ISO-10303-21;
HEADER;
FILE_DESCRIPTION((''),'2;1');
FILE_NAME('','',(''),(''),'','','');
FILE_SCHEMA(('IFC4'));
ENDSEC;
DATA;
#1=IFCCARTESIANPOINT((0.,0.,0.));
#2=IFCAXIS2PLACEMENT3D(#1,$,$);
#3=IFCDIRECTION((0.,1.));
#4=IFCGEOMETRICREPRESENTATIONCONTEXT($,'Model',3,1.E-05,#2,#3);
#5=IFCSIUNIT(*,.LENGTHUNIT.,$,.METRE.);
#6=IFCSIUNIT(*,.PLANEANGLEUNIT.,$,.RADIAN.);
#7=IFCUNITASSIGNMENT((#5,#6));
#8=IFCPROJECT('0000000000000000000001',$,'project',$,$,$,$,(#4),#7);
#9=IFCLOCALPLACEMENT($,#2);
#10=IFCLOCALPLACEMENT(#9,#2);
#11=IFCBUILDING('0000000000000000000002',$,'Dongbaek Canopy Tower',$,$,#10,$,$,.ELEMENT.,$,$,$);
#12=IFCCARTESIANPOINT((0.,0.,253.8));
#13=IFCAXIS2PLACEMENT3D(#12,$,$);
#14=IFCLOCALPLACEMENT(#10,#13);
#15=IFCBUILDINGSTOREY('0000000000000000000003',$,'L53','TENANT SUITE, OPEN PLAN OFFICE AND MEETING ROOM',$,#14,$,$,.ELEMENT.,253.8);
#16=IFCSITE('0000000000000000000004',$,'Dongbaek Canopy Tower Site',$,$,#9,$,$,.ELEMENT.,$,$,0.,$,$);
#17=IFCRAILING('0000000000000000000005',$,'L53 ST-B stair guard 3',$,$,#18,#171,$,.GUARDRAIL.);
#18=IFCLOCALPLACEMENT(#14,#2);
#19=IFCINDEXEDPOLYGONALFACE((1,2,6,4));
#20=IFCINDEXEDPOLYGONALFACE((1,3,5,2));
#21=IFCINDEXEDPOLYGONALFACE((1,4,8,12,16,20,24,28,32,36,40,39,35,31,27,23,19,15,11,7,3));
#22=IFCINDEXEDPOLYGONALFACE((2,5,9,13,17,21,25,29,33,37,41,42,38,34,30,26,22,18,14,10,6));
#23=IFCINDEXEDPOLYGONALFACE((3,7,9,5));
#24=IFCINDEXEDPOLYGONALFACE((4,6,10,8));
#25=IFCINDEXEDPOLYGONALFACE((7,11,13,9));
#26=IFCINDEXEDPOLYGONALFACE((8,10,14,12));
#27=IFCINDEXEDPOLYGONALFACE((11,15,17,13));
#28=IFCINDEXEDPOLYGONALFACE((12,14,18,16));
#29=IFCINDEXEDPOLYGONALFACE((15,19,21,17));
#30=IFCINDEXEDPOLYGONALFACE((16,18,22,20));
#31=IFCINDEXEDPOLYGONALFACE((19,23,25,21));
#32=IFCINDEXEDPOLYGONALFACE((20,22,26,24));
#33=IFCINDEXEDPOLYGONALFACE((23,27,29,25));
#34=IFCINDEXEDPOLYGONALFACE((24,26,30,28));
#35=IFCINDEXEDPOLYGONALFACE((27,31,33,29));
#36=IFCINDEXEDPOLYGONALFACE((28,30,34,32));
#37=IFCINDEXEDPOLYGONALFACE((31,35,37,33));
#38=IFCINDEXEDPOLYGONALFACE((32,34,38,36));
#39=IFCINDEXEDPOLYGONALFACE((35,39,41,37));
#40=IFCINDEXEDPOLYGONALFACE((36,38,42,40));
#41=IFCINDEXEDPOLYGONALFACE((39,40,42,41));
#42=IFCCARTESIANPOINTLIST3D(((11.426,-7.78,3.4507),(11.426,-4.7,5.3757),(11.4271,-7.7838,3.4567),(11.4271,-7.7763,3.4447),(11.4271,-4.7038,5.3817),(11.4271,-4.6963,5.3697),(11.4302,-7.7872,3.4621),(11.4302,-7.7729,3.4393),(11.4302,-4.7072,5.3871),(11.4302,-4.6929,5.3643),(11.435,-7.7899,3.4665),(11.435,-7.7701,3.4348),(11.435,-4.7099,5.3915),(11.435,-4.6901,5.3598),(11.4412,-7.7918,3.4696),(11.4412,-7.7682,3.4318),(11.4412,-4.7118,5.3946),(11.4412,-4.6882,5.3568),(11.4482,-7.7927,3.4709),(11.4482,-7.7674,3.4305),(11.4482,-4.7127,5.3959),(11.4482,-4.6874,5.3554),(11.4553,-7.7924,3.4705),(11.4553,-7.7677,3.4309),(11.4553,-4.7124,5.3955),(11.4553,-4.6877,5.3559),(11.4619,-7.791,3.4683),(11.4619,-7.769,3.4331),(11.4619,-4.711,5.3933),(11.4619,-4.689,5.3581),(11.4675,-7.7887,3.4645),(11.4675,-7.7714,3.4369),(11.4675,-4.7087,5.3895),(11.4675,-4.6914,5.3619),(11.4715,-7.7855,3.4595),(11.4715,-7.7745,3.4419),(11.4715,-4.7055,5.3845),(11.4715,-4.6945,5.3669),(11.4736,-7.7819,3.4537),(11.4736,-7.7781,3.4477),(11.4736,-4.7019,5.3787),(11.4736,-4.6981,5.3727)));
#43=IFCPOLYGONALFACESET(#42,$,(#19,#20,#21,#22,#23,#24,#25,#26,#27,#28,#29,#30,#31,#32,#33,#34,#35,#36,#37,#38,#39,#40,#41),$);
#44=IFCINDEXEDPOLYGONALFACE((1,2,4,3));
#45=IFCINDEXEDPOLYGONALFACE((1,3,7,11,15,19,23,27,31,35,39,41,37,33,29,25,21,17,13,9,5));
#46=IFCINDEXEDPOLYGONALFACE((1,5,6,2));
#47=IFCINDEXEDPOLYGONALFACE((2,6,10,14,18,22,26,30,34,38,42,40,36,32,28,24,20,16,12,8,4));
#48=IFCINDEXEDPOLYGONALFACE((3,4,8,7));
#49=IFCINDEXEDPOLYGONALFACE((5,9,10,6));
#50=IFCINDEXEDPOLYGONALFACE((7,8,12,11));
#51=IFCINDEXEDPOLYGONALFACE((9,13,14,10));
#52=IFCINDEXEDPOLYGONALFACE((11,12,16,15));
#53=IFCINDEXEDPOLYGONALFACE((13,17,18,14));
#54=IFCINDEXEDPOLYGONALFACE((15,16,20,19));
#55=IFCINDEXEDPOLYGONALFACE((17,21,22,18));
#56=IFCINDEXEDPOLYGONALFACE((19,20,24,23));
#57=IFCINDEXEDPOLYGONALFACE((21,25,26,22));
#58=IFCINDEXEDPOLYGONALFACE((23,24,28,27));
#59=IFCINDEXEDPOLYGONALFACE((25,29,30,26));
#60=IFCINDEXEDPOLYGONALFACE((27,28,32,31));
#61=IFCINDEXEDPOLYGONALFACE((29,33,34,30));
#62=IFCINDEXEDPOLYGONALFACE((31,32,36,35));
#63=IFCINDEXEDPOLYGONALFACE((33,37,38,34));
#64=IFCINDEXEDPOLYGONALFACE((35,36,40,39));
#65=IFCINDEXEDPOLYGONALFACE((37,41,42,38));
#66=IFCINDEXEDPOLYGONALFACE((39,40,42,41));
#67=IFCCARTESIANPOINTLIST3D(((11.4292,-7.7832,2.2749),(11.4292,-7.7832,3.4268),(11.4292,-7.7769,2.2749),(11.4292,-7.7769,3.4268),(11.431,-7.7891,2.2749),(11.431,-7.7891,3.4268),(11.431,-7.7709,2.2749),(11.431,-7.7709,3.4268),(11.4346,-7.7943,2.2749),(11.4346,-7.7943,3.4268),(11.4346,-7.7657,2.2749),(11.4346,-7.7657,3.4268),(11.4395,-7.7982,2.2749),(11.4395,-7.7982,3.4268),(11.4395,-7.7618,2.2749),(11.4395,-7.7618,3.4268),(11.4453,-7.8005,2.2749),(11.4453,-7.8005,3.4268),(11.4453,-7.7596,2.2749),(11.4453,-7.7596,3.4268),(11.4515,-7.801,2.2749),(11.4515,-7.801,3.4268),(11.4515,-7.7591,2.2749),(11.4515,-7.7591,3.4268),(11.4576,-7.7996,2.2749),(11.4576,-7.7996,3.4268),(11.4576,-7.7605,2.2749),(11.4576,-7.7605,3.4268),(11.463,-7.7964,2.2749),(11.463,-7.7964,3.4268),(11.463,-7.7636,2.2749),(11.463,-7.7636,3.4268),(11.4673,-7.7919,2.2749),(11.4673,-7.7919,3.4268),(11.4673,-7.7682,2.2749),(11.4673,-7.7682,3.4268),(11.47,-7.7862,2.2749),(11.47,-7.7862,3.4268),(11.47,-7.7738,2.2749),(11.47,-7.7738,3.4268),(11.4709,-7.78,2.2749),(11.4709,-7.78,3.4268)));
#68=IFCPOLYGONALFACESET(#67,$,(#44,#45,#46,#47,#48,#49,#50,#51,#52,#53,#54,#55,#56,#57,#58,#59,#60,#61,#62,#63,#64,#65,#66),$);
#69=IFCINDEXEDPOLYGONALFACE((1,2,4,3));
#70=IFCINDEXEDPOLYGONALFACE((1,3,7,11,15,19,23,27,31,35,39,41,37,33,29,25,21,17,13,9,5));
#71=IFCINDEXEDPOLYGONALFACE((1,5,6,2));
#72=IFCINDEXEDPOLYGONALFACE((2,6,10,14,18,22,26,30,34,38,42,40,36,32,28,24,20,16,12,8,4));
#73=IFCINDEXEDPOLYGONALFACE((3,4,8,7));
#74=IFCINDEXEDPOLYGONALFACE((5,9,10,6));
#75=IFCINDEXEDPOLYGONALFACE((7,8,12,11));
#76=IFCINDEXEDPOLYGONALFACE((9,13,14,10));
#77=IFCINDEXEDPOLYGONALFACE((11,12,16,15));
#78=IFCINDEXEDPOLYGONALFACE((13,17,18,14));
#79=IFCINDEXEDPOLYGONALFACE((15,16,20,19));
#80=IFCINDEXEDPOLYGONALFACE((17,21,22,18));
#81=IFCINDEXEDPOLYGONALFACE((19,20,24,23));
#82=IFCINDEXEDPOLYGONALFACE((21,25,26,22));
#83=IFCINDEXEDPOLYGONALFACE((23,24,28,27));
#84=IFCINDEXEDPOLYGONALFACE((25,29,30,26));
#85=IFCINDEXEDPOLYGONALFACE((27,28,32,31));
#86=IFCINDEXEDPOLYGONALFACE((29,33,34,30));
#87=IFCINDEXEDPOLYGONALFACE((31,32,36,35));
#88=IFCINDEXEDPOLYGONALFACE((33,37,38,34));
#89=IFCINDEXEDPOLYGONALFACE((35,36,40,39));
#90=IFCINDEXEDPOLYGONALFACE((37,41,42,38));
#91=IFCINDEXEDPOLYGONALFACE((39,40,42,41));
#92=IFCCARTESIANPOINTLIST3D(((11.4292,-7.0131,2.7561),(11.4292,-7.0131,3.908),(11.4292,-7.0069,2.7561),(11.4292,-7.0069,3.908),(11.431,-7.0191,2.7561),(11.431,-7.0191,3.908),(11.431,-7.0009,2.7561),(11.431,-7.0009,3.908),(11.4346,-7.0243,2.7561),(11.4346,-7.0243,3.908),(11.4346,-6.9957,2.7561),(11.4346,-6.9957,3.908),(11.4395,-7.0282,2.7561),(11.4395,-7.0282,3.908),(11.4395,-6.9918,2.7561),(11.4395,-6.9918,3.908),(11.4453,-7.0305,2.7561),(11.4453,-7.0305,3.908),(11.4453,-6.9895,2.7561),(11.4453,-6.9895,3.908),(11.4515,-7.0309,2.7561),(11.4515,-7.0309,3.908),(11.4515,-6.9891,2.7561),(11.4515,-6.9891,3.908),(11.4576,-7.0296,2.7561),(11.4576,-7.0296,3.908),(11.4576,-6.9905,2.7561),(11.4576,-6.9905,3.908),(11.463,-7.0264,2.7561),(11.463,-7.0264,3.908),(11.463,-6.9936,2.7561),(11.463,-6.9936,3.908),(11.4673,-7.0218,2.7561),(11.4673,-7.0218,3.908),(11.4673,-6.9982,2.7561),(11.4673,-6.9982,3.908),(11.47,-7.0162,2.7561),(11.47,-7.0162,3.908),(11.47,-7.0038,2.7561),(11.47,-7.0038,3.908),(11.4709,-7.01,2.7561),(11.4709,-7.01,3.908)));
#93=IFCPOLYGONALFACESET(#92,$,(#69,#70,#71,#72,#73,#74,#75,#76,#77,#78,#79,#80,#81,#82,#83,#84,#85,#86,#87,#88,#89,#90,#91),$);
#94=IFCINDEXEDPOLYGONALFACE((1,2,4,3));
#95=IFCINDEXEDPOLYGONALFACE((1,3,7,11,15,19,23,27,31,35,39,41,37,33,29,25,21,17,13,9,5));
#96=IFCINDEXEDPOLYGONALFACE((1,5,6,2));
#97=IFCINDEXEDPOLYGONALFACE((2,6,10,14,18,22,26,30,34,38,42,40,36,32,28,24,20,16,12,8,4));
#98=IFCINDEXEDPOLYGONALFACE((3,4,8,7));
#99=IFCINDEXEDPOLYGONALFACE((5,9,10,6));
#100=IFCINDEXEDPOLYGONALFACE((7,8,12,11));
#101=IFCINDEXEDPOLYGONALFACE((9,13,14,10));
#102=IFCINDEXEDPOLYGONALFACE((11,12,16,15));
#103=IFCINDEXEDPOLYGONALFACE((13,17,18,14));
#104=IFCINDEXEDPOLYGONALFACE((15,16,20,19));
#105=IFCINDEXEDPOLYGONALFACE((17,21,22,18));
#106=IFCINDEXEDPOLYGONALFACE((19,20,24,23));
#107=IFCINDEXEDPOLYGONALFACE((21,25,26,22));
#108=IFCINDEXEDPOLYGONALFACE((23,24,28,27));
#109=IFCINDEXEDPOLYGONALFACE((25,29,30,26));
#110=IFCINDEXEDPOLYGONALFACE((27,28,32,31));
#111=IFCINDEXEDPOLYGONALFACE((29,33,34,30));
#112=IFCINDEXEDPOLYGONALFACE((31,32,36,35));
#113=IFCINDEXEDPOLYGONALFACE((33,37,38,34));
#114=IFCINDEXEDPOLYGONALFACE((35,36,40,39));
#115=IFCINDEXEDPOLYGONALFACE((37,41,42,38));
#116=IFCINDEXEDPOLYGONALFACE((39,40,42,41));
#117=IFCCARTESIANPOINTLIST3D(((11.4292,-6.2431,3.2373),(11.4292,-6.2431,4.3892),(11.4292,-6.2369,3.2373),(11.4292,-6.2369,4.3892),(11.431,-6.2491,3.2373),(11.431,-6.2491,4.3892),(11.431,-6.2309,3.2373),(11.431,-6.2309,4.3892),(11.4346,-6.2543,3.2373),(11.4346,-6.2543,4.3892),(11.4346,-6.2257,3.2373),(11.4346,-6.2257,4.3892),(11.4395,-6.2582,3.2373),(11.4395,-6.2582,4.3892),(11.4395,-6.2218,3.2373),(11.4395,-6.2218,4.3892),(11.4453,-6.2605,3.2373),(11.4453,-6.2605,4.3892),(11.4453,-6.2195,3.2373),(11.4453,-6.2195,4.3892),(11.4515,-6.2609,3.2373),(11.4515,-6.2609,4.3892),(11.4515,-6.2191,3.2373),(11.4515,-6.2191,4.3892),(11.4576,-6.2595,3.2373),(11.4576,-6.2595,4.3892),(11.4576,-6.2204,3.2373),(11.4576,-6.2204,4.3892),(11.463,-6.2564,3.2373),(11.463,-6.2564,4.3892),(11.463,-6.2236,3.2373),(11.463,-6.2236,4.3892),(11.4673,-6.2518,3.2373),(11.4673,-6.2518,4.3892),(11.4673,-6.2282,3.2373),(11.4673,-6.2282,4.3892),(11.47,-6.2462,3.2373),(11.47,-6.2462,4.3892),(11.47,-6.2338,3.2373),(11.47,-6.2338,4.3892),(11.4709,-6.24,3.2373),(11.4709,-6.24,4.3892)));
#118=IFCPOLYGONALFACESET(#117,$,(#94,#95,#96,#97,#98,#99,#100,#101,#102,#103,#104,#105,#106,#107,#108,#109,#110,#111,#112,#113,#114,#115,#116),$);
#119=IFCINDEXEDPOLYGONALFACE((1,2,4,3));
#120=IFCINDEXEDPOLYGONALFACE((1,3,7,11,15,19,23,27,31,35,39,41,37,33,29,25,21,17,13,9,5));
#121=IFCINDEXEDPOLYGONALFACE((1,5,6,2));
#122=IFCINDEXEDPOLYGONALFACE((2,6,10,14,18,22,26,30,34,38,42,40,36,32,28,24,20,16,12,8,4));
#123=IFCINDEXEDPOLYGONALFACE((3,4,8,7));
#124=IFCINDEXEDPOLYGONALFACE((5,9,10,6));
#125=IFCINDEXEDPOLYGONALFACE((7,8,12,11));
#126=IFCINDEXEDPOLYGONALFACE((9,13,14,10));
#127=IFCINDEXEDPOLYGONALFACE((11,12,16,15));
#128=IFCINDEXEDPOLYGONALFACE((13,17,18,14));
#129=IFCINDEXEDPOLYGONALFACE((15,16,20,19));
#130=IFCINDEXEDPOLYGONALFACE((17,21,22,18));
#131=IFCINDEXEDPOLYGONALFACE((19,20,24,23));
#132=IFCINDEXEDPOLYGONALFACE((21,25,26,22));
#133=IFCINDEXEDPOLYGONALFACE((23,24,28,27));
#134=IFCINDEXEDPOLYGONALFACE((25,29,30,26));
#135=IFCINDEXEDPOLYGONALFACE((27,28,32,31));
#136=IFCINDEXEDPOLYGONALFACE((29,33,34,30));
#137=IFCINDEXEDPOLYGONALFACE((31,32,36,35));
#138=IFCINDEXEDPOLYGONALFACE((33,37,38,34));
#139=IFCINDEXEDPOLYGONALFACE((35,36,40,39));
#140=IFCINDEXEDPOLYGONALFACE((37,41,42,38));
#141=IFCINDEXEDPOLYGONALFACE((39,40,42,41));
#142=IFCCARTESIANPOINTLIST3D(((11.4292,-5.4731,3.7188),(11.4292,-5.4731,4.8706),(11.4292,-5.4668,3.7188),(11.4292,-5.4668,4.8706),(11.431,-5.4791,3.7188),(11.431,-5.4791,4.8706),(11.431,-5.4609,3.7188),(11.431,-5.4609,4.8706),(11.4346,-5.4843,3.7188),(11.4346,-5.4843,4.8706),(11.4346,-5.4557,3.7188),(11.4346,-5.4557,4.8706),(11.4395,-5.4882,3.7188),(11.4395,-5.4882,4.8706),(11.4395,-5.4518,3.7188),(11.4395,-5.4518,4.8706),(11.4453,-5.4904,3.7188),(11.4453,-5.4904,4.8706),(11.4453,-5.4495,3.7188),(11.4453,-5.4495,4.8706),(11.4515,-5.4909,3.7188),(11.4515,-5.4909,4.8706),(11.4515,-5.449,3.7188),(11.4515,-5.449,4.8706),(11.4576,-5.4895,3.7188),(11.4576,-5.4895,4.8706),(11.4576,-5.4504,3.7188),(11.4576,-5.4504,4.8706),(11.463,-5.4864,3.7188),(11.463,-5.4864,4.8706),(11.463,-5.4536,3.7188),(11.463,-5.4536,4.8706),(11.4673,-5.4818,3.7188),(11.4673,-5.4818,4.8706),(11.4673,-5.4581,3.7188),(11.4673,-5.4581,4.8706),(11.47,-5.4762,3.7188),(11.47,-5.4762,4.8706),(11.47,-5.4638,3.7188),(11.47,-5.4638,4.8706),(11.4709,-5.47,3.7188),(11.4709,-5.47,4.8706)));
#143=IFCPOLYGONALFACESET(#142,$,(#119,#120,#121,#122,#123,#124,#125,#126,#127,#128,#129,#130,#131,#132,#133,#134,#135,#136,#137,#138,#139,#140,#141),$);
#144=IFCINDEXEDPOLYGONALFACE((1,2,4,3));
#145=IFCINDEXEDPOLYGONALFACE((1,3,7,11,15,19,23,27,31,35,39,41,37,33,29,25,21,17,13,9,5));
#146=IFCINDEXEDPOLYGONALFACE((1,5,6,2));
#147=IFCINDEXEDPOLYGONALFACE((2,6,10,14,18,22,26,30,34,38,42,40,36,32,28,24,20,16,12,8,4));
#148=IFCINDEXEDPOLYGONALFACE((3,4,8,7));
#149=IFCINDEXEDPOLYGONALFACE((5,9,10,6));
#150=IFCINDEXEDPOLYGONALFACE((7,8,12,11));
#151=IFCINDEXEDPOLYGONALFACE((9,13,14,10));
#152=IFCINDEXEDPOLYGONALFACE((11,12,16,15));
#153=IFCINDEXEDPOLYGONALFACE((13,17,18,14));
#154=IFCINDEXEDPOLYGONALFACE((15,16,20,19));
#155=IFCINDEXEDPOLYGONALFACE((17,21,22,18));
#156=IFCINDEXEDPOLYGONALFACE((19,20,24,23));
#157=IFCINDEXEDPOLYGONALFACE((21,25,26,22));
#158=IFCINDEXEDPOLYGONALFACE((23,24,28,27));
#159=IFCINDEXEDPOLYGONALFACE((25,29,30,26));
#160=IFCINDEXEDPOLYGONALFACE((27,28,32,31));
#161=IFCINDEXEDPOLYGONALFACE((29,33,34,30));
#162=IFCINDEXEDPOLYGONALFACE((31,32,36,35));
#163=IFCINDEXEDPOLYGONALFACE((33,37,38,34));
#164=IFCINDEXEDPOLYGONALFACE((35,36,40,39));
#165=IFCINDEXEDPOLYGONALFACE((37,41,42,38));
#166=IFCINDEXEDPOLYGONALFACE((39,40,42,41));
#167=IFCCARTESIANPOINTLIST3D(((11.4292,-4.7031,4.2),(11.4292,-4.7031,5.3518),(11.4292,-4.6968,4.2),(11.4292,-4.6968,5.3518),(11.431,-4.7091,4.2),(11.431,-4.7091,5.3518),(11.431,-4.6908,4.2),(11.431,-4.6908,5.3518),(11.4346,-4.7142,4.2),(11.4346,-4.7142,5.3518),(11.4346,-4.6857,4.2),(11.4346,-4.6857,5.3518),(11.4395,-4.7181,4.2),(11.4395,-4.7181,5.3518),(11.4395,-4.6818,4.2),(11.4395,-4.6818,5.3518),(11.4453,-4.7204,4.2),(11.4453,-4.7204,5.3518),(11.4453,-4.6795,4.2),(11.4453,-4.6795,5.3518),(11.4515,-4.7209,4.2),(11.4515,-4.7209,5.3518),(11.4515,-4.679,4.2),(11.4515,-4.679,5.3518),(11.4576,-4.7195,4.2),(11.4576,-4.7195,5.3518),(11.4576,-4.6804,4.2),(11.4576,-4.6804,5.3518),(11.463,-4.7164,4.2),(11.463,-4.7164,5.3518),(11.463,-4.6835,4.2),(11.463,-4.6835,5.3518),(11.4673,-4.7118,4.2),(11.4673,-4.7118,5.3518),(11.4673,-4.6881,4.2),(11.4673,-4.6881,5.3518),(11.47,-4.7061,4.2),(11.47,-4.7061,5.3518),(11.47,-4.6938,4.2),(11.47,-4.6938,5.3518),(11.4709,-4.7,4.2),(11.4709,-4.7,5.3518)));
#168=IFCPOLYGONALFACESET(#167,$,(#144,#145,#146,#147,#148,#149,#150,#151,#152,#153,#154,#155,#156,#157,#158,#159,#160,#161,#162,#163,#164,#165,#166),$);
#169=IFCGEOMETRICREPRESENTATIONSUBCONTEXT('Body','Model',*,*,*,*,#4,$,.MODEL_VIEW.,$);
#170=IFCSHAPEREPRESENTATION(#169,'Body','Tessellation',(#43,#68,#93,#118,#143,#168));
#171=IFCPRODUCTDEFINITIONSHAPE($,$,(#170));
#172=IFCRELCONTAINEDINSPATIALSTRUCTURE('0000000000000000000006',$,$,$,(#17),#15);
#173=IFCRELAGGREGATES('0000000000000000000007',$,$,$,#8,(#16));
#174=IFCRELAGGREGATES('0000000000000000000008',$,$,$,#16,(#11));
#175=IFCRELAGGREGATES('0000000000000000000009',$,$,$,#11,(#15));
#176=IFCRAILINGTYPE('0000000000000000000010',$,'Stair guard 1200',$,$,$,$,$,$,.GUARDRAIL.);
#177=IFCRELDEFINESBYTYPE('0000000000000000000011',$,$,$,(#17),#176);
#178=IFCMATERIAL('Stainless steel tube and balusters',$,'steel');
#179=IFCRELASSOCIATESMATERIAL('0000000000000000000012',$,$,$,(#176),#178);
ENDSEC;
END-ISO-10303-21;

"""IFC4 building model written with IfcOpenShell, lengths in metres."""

from ifc_helpers import new_model, si_unit, direction, frame, origin, origin_2d, place, context, subcontext, project, spatial, circle, extrude, material, type_object, element, save


model = new_model("IFC4")

# Units and contexts
model_context = context("Model", 3, precision=1e-05, world=origin(), true_north=direction((0.0, 1.0)))
body_context = subcontext(model_context, "Body", "Model", "MODEL_VIEW")
ifc_project = project(units=[si_unit("LENGTHUNIT", "METRE"), si_unit("PLANEANGLEUNIT", "RADIAN")], contexts=[model_context])

# Site, building, storey
site_placement = place(None, origin())
site = spatial("IfcSite", under=ifc_project, at=site_placement, Name="Dongbaek Canopy Tower Site", CompositionType="ELEMENT", RefElevation=0.0)
building_placement = place(site_placement, origin())
building = spatial("IfcBuilding", under=site, at=building_placement, Name="Dongbaek Canopy Tower", CompositionType="ELEMENT")
storey_placement = place(building_placement, frame((0.0, 0.0, 253.8)))
storey = spatial("IfcBuildingStorey", under=building, at=storey_placement, Name="L53", Description="TENANT SUITE, OPEN PLAN OFFICE AND MEETING ROOM", CompositionType="ELEMENT", Elevation=253.8)

# Railing
ifc_material_1 = material(Name="Stainless steel tube and balusters", Category="steel")
railing_type_1 = type_object("IfcRailingType", Name="Stair guard 1200", PredefinedType="GUARDRAIL", material=ifc_material_1)
railing_1_placement = place(storey_placement, frame((11.45, -7.78, 2.2749)))
element("IfcRailing", 1, at=railing_1_placement, inside=storey, type_object=railing_type_1, Name="L53 ST-B stair guard 3", PredefinedType="GUARDRAIL", context=body_context, shape_type="SweptSolid", body=[
    extrude(circle(Radius=0.0239, at=origin_2d()), frame((0.0, 0.0, 1.1758), z_axis=(0.0, 0.847998, 0.529999), x_axis=(-1.0, 0.0, 0.0)), (0.0, 0.0, 1.0), 3.6321),
    extrude(circle(Radius=0.021, at=origin_2d()), origin(), (0.0, 0.0, 1.0), 1.1519),
    extrude(circle(Radius=0.021, at=origin_2d()), frame((0.0, 0.77, 0.4812)), (0.0, 0.0, 1.0), 1.1519),
    extrude(circle(Radius=0.021, at=origin_2d()), frame((0.0, 1.54, 0.9624)), (0.0, 0.0, 1.0), 1.1519),
    extrude(circle(Radius=0.021, at=origin_2d()), frame((0.0, 2.3101, 1.4438)), (0.0, 0.0, 1.0), 1.1519),
    extrude(circle(Radius=0.021, at=origin_2d()), frame((0.0, 3.0801, 1.925)), (0.0, 0.0, 1.0), 1.1519),
])

save(model, "model.ifc")
